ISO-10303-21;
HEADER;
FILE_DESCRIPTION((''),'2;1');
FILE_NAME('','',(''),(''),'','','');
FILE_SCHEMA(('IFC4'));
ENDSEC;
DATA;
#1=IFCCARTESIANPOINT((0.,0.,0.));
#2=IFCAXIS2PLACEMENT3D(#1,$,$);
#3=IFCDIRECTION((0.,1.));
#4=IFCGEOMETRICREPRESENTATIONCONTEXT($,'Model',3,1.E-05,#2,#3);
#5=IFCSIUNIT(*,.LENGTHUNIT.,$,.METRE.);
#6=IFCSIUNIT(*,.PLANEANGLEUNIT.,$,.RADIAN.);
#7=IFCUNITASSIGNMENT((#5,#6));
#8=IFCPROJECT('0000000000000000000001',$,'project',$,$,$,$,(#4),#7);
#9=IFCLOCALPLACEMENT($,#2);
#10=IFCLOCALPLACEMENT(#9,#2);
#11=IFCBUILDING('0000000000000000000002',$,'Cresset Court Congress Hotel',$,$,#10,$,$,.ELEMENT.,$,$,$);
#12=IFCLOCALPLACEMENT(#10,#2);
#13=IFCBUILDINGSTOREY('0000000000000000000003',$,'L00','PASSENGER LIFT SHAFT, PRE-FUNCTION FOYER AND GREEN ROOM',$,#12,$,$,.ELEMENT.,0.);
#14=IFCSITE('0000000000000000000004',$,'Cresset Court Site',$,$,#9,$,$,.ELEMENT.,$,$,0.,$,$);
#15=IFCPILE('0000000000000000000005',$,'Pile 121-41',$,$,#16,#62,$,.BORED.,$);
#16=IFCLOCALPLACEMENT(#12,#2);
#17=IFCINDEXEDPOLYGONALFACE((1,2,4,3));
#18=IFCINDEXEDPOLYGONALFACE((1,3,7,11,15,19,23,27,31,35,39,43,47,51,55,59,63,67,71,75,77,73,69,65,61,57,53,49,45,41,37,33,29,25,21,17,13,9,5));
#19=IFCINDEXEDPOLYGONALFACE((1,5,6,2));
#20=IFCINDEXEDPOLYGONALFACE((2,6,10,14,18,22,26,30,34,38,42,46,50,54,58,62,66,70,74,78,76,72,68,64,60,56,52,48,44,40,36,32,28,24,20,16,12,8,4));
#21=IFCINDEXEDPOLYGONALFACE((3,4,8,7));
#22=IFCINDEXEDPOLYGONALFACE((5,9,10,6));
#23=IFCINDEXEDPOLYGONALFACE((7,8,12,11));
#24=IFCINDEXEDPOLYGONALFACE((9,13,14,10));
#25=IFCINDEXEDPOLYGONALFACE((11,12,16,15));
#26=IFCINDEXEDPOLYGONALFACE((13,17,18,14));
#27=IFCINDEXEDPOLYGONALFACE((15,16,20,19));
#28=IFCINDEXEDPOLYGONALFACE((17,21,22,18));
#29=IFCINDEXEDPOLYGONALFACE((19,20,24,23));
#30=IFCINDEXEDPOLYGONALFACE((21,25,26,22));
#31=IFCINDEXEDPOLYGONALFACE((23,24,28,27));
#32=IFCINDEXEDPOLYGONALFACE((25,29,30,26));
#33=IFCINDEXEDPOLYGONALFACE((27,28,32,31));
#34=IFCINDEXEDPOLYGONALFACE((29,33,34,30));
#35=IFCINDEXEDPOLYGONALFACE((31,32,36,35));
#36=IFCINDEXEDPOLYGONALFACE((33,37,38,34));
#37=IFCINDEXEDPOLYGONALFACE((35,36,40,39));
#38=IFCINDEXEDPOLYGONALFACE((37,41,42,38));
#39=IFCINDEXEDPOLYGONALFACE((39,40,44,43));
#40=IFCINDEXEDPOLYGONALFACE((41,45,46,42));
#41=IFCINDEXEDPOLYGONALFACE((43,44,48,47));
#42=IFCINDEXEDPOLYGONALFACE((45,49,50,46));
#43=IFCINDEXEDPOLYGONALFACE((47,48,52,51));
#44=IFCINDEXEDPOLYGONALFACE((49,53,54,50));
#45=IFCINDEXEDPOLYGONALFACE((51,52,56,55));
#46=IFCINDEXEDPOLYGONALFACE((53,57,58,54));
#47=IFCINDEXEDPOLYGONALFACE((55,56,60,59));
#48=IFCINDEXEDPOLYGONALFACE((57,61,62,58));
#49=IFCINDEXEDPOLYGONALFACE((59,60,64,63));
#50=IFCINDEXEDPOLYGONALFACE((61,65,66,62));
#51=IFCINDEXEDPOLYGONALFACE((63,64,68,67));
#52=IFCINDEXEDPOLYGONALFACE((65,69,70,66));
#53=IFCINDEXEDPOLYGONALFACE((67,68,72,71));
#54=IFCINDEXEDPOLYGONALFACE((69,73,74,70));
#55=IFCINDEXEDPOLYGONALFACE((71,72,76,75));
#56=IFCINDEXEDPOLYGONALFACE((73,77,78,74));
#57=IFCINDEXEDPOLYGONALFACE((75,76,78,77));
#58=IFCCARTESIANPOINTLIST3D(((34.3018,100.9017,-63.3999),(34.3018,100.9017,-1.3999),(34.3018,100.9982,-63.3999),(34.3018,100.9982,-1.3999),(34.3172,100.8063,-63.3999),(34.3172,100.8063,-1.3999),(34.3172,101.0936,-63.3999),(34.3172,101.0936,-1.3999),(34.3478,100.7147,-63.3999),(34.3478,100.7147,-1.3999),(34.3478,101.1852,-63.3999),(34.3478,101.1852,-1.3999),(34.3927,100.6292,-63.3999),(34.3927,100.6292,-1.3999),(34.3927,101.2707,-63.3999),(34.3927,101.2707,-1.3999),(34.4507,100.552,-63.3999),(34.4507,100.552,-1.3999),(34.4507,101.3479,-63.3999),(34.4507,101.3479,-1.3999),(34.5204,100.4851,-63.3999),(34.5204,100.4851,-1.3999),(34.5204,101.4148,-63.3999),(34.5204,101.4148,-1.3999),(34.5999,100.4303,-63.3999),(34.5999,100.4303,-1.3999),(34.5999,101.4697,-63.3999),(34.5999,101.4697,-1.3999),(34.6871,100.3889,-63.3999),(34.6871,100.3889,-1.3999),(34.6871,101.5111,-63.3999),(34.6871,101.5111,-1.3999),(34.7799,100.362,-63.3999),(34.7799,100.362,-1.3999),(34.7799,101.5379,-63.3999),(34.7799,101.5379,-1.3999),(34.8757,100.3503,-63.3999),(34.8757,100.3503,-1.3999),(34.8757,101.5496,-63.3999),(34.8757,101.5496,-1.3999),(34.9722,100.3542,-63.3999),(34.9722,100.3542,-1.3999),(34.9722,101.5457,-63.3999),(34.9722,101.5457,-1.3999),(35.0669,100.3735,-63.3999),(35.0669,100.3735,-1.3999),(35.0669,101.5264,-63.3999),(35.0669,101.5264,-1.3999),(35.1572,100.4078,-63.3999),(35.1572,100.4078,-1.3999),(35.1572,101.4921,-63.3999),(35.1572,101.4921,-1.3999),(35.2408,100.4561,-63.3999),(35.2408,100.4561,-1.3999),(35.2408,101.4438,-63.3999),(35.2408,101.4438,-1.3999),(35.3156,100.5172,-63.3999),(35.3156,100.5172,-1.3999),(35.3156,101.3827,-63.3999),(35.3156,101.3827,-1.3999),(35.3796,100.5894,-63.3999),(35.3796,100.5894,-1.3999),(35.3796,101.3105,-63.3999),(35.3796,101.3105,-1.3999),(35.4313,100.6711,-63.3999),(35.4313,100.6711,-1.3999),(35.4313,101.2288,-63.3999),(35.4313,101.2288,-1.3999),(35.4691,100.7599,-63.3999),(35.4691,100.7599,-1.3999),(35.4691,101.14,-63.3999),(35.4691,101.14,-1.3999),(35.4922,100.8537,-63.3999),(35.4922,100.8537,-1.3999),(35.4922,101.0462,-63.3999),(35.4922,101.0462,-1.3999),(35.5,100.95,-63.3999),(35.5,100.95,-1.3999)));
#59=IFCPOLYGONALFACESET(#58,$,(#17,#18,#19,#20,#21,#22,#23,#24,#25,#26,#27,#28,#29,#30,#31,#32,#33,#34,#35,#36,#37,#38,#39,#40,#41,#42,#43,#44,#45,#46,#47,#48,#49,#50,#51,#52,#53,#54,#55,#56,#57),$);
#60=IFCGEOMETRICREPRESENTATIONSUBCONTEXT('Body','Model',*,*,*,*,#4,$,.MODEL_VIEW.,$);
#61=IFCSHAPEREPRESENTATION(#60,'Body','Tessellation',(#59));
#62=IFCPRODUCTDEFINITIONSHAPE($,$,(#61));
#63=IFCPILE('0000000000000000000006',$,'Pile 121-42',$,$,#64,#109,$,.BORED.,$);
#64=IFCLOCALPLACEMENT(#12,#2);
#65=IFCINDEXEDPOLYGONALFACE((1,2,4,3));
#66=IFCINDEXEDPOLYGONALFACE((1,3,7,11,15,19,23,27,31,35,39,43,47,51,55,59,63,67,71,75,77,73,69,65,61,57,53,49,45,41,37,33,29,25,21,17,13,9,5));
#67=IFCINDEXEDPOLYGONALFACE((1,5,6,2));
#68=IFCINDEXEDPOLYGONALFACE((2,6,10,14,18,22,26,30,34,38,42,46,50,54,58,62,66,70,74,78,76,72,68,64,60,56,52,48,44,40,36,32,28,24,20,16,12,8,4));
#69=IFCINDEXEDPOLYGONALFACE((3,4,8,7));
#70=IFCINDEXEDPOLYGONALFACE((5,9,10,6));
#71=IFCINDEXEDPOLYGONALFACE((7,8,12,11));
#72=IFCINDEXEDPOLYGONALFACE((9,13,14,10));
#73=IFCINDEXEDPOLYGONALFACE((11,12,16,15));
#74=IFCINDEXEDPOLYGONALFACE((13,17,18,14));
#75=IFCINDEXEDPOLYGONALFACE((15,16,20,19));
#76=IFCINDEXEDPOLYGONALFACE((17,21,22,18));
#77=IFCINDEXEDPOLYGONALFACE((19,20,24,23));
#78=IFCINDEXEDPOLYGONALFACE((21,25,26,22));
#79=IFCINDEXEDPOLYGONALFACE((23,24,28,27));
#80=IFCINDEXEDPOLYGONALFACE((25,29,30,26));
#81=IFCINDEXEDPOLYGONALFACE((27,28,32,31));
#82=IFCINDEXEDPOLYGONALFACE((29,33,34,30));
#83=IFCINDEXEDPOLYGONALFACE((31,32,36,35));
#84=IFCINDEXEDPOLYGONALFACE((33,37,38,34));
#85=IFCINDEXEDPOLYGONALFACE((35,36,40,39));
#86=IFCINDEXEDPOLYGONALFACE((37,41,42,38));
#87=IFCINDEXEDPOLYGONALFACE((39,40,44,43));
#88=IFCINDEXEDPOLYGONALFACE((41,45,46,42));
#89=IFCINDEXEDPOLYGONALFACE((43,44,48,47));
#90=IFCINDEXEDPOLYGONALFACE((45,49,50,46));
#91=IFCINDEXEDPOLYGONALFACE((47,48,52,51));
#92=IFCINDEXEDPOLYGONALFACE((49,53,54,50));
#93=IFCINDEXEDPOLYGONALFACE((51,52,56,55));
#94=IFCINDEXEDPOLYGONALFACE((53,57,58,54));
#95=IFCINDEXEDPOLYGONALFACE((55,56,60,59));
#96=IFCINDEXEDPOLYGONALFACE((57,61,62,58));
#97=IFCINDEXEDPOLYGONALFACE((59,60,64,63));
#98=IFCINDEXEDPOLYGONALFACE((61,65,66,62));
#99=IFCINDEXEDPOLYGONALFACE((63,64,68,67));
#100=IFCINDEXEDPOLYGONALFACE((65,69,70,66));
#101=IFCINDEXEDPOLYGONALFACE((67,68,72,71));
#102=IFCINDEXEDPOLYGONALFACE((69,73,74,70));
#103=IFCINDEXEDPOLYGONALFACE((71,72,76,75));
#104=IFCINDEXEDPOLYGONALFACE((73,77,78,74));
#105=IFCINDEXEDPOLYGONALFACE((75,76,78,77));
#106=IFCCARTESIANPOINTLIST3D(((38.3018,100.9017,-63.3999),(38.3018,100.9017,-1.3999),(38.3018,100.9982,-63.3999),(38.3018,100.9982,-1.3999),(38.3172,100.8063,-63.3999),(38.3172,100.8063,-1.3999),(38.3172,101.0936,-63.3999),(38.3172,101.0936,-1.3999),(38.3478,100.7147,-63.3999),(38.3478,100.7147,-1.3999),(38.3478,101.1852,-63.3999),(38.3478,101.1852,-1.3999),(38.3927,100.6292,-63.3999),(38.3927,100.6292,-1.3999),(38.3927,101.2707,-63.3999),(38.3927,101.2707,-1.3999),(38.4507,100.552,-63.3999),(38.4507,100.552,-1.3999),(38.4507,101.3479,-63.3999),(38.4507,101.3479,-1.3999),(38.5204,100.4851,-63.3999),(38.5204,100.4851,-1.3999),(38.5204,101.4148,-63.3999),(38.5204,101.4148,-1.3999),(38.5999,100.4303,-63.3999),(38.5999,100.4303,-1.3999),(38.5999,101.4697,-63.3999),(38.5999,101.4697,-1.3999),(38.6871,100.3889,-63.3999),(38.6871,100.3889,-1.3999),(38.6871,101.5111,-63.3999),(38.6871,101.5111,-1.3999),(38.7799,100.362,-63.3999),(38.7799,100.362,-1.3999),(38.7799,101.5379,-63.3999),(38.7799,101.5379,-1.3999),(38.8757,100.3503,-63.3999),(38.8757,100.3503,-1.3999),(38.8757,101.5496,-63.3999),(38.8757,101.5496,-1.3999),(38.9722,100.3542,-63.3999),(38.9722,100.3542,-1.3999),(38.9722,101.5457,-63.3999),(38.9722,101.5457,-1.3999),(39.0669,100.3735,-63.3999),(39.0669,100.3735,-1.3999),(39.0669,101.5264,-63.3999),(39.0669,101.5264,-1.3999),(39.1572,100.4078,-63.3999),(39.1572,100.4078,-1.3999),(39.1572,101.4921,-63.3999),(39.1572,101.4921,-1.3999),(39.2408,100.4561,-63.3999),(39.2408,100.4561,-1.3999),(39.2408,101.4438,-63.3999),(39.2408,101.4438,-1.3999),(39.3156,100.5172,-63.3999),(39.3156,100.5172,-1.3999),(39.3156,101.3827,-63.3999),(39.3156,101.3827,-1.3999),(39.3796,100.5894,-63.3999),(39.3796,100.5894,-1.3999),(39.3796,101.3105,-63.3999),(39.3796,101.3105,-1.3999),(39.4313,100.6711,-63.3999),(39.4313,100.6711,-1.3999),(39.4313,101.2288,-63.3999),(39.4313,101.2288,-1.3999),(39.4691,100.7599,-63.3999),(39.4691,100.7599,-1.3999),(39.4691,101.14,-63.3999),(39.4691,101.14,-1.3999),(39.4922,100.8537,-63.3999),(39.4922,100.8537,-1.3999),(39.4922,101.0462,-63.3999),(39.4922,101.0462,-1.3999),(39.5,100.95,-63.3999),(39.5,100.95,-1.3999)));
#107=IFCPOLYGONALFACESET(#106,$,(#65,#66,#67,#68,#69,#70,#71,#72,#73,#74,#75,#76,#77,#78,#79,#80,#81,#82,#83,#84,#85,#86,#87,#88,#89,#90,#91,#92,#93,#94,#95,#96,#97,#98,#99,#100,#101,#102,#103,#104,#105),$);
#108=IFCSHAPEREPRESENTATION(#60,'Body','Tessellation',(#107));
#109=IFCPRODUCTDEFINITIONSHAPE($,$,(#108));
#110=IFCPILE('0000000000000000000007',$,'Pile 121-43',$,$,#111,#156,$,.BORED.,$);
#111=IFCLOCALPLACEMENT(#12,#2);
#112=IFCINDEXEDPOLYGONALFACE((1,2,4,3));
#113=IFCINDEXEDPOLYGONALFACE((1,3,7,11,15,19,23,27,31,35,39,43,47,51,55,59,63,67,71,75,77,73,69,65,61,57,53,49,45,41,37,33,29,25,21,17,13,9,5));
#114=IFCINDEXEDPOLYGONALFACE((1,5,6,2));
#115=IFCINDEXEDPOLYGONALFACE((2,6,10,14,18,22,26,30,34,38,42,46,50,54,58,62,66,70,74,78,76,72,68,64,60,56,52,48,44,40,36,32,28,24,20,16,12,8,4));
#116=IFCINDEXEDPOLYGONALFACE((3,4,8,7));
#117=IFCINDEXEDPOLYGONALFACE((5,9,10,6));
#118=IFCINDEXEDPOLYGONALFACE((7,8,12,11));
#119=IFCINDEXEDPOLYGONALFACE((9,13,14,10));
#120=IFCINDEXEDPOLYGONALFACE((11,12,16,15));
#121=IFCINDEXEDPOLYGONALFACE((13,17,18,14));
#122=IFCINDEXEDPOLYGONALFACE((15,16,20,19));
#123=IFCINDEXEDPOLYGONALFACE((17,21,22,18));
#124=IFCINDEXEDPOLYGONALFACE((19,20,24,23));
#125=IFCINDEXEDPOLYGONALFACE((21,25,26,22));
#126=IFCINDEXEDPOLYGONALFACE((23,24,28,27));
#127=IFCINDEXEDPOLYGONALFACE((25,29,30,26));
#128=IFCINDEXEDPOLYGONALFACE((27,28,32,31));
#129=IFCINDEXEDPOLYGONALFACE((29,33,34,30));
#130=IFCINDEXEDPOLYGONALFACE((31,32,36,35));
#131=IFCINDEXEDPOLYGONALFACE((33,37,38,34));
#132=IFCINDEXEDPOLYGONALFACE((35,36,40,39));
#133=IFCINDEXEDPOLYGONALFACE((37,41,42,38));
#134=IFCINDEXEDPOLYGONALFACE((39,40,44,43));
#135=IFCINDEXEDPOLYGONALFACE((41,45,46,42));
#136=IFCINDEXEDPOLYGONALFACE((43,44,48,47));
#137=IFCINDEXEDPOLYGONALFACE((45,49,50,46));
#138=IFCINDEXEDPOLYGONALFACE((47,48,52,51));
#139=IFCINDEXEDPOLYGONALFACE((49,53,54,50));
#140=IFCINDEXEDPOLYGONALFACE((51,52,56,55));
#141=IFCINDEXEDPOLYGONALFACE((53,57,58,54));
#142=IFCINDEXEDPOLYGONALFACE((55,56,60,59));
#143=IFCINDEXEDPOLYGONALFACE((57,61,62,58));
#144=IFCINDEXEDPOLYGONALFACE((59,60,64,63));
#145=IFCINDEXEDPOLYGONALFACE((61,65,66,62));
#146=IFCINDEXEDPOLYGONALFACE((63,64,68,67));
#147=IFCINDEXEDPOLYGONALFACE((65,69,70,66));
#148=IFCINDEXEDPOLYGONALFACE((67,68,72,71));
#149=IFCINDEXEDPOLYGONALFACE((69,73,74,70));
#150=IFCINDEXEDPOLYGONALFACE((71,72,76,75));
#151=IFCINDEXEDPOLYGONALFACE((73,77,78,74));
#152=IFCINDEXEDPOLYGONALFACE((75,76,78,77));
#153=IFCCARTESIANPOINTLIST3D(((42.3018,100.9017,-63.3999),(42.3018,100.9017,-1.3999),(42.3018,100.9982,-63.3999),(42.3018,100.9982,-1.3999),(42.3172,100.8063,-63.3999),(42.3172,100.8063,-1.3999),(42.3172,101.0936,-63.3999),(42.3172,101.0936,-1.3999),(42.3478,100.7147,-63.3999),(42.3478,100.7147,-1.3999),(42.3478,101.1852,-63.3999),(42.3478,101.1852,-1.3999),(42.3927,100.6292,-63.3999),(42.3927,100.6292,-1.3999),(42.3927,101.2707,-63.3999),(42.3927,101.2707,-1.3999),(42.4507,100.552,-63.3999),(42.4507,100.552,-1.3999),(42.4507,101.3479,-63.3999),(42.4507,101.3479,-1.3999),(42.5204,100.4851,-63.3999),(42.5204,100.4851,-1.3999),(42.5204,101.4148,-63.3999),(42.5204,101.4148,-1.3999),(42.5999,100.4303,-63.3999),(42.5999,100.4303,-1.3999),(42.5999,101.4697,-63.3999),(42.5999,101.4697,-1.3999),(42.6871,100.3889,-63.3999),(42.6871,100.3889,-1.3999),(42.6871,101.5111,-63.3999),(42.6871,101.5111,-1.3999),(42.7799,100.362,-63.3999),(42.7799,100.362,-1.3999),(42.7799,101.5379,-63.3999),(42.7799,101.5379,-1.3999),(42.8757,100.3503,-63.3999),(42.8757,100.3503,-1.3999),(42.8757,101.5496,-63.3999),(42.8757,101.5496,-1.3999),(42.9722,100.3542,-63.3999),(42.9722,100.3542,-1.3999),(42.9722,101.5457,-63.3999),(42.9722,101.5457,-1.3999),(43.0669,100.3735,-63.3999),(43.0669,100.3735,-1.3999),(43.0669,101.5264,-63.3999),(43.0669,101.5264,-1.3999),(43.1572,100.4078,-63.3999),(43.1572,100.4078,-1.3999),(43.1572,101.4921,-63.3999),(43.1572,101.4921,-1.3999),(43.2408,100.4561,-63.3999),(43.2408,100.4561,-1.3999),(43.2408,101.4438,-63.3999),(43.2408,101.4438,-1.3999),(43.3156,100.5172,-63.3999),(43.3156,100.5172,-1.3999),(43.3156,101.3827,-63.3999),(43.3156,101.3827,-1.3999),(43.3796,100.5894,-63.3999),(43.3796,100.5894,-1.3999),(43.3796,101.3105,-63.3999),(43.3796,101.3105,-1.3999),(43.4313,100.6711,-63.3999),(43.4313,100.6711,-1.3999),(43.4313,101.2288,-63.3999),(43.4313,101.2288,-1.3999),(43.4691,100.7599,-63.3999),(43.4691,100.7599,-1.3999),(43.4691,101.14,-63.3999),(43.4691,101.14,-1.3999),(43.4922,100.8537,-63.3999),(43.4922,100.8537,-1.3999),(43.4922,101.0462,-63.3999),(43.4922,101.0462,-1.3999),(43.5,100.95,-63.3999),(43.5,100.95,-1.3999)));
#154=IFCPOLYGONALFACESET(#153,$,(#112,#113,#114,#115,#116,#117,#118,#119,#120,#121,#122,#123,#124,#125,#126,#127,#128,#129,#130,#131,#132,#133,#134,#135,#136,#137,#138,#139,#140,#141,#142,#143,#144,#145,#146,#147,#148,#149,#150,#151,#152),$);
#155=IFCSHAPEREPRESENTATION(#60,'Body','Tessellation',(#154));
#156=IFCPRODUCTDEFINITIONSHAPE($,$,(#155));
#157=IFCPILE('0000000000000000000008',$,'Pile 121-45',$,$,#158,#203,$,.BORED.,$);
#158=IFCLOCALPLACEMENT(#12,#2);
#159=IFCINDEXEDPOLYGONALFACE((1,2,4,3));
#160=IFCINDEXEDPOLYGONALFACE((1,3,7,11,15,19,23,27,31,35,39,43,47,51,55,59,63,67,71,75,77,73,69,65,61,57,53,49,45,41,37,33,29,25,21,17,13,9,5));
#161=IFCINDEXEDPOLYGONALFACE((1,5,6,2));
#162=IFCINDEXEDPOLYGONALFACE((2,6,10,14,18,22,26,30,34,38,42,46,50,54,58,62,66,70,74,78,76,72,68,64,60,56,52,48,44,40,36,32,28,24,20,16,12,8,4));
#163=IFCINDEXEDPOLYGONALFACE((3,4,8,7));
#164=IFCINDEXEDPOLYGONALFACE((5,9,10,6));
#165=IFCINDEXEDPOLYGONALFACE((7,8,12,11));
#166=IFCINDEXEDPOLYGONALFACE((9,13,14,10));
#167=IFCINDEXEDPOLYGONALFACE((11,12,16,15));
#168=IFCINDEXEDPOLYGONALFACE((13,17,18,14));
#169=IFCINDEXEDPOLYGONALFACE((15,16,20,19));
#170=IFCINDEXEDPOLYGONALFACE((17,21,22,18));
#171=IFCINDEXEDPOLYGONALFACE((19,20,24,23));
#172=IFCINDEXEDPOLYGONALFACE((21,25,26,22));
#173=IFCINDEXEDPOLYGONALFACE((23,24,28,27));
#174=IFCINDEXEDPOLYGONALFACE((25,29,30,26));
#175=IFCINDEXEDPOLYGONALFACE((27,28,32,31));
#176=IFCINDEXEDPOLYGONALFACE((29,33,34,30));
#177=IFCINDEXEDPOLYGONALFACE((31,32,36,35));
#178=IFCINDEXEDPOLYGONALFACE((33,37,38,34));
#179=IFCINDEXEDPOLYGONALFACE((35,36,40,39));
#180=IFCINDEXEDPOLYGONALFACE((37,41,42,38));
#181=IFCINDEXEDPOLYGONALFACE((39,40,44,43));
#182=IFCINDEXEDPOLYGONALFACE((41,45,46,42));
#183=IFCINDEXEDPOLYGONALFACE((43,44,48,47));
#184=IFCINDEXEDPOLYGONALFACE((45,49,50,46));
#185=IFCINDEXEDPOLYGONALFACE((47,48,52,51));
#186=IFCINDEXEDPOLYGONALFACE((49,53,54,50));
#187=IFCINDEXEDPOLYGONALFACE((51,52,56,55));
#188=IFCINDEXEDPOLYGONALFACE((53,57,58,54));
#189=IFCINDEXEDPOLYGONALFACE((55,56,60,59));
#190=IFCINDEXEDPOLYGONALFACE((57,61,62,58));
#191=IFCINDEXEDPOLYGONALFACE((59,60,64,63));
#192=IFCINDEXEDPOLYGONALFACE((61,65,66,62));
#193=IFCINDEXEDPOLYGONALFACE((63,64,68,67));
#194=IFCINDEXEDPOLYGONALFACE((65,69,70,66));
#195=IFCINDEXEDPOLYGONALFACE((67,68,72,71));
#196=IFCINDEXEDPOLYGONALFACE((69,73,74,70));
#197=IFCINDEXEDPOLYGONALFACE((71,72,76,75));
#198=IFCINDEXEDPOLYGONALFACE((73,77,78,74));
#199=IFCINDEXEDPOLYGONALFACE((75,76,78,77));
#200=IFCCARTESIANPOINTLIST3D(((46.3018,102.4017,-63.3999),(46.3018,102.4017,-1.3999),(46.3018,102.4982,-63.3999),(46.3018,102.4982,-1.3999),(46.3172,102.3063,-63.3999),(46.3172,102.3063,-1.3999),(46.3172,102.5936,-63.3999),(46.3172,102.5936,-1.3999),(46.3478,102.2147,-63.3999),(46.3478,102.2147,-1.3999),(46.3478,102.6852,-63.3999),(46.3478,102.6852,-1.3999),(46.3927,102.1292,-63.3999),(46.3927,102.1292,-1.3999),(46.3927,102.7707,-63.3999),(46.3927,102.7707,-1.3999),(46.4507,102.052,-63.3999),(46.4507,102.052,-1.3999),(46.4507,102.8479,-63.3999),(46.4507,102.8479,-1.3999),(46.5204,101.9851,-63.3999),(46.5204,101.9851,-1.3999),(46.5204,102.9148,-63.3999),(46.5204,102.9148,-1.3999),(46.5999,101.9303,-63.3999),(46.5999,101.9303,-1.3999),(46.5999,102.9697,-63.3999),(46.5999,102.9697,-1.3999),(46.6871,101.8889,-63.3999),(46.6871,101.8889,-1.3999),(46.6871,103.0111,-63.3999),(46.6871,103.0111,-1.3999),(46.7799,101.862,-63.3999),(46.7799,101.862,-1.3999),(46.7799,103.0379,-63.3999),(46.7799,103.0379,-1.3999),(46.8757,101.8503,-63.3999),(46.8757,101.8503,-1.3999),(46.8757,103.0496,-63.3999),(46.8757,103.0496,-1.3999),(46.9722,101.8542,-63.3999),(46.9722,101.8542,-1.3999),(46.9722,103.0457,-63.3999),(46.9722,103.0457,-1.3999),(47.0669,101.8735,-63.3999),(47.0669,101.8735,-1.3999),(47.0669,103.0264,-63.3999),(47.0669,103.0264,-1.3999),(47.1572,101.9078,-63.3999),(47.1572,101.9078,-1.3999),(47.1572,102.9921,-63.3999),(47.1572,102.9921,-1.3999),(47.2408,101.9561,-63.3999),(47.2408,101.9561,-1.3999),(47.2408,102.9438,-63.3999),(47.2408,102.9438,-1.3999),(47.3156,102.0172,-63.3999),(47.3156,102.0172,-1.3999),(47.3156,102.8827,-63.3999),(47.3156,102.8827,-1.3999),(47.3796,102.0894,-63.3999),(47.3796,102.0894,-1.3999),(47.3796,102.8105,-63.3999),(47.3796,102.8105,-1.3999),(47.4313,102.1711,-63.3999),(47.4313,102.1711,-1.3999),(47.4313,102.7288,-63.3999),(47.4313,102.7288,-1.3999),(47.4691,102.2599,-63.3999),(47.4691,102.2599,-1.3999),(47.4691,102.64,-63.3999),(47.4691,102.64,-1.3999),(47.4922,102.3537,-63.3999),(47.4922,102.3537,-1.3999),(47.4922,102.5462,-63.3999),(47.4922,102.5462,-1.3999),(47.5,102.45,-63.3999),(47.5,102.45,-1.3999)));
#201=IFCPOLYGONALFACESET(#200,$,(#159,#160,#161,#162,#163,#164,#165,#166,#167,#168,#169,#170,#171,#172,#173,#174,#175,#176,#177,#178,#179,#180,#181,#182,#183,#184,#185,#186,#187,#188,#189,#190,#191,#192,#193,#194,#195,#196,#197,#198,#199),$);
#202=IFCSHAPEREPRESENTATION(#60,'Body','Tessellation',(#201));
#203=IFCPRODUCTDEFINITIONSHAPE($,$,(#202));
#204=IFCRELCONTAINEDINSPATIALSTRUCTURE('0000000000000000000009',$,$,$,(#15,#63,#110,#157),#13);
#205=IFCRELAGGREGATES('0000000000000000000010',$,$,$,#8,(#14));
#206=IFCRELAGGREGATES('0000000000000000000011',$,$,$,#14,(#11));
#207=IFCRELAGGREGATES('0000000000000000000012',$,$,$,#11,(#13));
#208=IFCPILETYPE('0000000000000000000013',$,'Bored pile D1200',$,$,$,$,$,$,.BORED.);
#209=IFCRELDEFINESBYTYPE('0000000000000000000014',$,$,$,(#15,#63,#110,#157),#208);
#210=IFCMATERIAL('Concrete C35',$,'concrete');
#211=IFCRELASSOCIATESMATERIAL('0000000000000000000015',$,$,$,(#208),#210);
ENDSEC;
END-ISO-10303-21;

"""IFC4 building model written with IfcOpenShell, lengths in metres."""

from ifc_helpers import new_model, si_unit, direction, frame, origin, origin_2d, place, context, subcontext, project, spatial, circle, extrude, material, type_object, element, save


model = new_model("IFC4")

# Units and contexts
model_context = context("Model", 3, precision=1e-05, world=origin(), true_north=direction((0.0, 1.0)))
body_context = subcontext(model_context, "Body", "Model", "MODEL_VIEW")
ifc_project = project(units=[si_unit("LENGTHUNIT", "METRE"), si_unit("PLANEANGLEUNIT", "RADIAN")], contexts=[model_context])

# Site, building, storey
site_placement = place(None, origin())
site = spatial("IfcSite", under=ifc_project, at=site_placement, Name="Cresset Court Site", CompositionType="ELEMENT", RefElevation=0.0)
building_placement = place(site_placement, origin())
building = spatial("IfcBuilding", under=site, at=building_placement, Name="Cresset Court Congress Hotel", CompositionType="ELEMENT")
storey_placement = place(building_placement, origin())
storey = spatial("IfcBuildingStorey", under=building, at=storey_placement, Name="L00", Description="PASSENGER LIFT SHAFT, PRE-FUNCTION FOYER AND GREEN ROOM", CompositionType="ELEMENT", Elevation=0.0)

# Piles
ifc_material_1 = material(Name="Concrete C35", Category="concrete")
pile_type = type_object("IfcPileType", Name="Bored pile D1200", PredefinedType="BORED", material=ifc_material_1)
for number, where, z_axis, x_axis, name in (
    (1, (34.8999, 100.95, -1.3999), (0.0, 0.0, -1.0), (1.0, 0.0, 0.0), "Pile 121-41"),
    (2, (38.8999, 100.95, -1.3999), (0.0, 0.0, -1.0), (1.0, 0.0, 0.0), "Pile 121-42"),
    (3, (42.8999, 100.95, -1.3999), (0.0, 0.0, -1.0), (1.0, 0.0, 0.0), "Pile 121-43"),
    (4, (46.8999, 102.45, -1.3999), (0.0, 0.0, -1.0), (1.0, 0.0, 0.0), "Pile 121-45"),
):
    element("IfcPile", number, at=place(storey_placement, frame(where, z_axis=z_axis, x_axis=x_axis)), inside=storey, type_object=pile_type, Name=name, PredefinedType="BORED", context=body_context, shape_type="SweptSolid", body=[
        extrude(circle(Radius=0.6001, at=origin_2d()), origin(), (0.0, 0.0, 1.0), 62.0),
    ])

save(model, "model.ifc")
